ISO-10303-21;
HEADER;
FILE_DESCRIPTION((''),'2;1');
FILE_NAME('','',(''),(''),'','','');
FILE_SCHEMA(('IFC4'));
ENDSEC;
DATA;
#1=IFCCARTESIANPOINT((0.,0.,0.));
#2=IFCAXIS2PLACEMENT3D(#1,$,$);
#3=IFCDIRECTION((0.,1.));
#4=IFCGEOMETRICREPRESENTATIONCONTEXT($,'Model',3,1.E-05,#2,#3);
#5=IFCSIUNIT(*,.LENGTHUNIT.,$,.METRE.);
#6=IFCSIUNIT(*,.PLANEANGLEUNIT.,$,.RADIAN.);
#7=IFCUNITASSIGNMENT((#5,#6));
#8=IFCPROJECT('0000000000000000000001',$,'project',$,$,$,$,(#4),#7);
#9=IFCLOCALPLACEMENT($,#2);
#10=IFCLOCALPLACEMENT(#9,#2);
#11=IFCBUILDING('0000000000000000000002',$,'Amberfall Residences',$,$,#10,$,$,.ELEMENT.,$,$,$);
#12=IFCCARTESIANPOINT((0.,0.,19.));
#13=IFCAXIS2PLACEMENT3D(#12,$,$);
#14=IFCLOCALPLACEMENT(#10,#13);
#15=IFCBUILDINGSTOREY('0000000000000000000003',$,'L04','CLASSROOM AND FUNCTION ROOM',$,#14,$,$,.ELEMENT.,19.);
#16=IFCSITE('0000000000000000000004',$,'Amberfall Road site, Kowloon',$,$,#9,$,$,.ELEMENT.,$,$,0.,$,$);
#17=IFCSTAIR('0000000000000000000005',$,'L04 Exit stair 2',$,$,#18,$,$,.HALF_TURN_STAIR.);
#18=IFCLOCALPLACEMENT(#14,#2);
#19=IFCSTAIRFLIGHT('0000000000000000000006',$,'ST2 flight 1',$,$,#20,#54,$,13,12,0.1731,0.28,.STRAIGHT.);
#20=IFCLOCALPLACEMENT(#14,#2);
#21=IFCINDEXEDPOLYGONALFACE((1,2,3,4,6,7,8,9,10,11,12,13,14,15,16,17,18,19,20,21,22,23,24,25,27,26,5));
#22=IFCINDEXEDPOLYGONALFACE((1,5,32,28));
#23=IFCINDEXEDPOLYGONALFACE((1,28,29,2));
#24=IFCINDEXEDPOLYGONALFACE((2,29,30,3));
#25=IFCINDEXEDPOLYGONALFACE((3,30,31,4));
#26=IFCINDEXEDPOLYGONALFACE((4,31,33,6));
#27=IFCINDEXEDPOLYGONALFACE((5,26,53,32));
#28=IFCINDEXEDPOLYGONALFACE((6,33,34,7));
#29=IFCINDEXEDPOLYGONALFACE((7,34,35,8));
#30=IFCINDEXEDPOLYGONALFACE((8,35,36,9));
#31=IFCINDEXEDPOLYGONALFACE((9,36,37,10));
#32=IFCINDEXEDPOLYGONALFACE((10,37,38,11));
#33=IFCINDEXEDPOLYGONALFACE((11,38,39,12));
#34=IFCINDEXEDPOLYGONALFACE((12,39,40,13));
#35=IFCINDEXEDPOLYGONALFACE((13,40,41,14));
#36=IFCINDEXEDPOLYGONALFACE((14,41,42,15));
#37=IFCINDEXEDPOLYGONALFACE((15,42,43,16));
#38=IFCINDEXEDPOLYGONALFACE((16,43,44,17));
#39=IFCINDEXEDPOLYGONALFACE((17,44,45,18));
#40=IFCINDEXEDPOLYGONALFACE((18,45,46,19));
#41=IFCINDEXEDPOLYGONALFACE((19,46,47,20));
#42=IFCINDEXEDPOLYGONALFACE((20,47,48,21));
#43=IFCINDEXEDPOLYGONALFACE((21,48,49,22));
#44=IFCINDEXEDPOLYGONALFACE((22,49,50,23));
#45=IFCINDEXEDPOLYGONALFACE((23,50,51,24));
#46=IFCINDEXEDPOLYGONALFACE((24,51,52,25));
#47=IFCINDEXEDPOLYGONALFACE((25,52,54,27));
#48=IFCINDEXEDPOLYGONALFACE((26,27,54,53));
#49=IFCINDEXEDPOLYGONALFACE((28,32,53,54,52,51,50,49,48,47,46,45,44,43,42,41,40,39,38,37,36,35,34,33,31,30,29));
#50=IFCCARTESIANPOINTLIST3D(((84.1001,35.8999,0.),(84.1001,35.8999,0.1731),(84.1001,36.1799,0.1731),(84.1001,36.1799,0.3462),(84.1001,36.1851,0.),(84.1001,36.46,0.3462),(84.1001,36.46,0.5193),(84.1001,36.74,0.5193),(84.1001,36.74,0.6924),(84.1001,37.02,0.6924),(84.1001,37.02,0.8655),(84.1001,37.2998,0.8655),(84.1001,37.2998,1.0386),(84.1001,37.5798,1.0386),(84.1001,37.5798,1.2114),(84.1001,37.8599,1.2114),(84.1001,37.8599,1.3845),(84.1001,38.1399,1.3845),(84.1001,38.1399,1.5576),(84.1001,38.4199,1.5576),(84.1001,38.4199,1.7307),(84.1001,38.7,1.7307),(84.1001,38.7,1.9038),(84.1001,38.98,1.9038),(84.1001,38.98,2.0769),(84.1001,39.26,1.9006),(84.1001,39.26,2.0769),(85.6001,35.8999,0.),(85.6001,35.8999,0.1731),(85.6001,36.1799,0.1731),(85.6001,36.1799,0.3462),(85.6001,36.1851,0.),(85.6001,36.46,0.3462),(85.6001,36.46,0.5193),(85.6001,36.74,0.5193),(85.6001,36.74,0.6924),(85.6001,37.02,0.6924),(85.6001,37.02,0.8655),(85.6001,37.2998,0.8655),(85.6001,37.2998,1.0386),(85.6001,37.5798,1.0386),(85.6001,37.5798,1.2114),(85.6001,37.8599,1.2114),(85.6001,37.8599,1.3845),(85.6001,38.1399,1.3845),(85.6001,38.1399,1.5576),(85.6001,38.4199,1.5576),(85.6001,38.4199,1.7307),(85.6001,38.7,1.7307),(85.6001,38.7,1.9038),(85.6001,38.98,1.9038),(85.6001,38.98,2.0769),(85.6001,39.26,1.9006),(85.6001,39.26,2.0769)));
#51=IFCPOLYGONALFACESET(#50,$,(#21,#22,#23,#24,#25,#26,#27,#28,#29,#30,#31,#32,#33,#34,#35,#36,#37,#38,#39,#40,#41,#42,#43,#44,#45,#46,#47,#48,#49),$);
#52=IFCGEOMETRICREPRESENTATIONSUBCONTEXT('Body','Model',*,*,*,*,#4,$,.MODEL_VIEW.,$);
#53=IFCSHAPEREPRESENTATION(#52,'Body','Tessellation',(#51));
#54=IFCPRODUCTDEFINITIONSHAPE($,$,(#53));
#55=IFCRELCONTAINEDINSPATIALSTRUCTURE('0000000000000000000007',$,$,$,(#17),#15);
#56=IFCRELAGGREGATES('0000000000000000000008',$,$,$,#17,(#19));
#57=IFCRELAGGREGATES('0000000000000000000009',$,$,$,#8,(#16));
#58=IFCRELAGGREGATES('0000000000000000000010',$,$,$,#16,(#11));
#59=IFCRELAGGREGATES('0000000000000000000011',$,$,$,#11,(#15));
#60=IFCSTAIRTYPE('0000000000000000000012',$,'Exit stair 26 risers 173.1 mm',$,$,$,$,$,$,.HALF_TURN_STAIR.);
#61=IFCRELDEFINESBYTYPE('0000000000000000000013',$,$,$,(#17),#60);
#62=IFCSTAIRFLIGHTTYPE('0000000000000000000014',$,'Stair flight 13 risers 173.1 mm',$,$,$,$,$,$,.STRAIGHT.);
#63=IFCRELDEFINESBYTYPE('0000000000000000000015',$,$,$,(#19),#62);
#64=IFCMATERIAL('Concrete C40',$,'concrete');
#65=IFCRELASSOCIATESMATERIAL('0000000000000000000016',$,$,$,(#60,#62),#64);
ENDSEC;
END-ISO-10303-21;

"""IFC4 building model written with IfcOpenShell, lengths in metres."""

from ifc_helpers import new_model, si_unit, direction, frame, origin, place, context, subcontext, project, spatial, polyline, outline, extrude, material, type_object, element, aggregate, save


model = new_model("IFC4")

# Units and contexts
model_context = context("Model", 3, precision=1e-05, world=origin(), true_north=direction((0.0, 1.0)))
body_context = subcontext(model_context, "Body", "Model", "MODEL_VIEW")
ifc_project = project(units=[si_unit("LENGTHUNIT", "METRE"), si_unit("PLANEANGLEUNIT", "RADIAN")], contexts=[model_context])

# Site, building, storey
site_placement = place(None, origin())
site = spatial("IfcSite", under=ifc_project, at=site_placement, Name="Amberfall Road site, Kowloon", CompositionType="ELEMENT", RefElevation=0.0)
building_placement = place(site_placement, origin())
building = spatial("IfcBuilding", under=site, at=building_placement, Name="Amberfall Residences", CompositionType="ELEMENT")
storey_placement = place(building_placement, frame((0.0, 0.0, 19.0)))
storey = spatial("IfcBuildingStorey", under=building, at=storey_placement, Name="L04", Description="CLASSROOM AND FUNCTION ROOM", CompositionType="ELEMENT", Elevation=19.0)

# Stair, stair flight
ifc_material_1 = material(Name="Concrete C40", Category="concrete")
stair_type = type_object("IfcStairType", Name="Exit stair 26 risers 173.1 mm", PredefinedType="HALF_TURN_STAIR", material=ifc_material_1)
stair_flight_type = type_object("IfcStairFlightType", Name="Stair flight 13 risers 173.1 mm", PredefinedType="STRAIGHT", material=ifc_material_1)
stair_1_placement = place(storey_placement, origin())
stair_1 = element("IfcStair", 1, at=stair_1_placement, inside=storey, type_object=stair_type, Name="L04 Exit stair 2", PredefinedType="HALF_TURN_STAIR")
stair_flight_1_placement = place(storey_placement, frame((84.8501, 35.8999, 0.0), z_axis=(0.0, 0.0, 1.0), x_axis=(0.0, 1.0, 0.0)))
stair_flight_1 = element("IfcStairFlight", 2, at=stair_flight_1_placement, type_object=stair_flight_type, Name="ST2 flight 1", NumberOfRisers=13, NumberOfTreads=12, PredefinedType="STRAIGHT", RiserHeight=0.1731, TreadLength=0.28, context=body_context, shape_type="SweptSolid", body=[
    extrude(outline(polyline([(0.0, 0.0), (0.0, 0.1731), (0.28, 0.1731), (0.28, 0.3462), (0.5601, 0.3462), (0.5601, 0.5193), (0.8401, 0.5193), (0.8401, 0.6924), (1.1201, 0.6924), (1.1201, 0.8655), (1.3999, 0.8655), (1.3999, 1.0386), (1.6799, 1.0386), (1.6799, 1.2114), (1.96, 1.2114), (1.96, 1.3845), (2.24, 1.3845), (2.24, 1.5576), (2.52, 1.5576), (2.52, 1.7307), (2.8, 1.7307), (2.8, 1.9038), (3.0801, 1.9038), (3.0801, 2.0769), (3.3601, 2.0769), (3.3601, 2.25), (3.3601, 1.9006), (0.2852, 0.0), (0.0, 0.0)])), frame((0.0, 0.75, 0.0), z_axis=(0.0, -1.0, 0.0), x_axis=(1.0, 0.0, 0.0)), (0.0, 0.0, 1.0), 1.5),
])
aggregate(stair_1, [stair_flight_1])

save(model, "model.ifc")
